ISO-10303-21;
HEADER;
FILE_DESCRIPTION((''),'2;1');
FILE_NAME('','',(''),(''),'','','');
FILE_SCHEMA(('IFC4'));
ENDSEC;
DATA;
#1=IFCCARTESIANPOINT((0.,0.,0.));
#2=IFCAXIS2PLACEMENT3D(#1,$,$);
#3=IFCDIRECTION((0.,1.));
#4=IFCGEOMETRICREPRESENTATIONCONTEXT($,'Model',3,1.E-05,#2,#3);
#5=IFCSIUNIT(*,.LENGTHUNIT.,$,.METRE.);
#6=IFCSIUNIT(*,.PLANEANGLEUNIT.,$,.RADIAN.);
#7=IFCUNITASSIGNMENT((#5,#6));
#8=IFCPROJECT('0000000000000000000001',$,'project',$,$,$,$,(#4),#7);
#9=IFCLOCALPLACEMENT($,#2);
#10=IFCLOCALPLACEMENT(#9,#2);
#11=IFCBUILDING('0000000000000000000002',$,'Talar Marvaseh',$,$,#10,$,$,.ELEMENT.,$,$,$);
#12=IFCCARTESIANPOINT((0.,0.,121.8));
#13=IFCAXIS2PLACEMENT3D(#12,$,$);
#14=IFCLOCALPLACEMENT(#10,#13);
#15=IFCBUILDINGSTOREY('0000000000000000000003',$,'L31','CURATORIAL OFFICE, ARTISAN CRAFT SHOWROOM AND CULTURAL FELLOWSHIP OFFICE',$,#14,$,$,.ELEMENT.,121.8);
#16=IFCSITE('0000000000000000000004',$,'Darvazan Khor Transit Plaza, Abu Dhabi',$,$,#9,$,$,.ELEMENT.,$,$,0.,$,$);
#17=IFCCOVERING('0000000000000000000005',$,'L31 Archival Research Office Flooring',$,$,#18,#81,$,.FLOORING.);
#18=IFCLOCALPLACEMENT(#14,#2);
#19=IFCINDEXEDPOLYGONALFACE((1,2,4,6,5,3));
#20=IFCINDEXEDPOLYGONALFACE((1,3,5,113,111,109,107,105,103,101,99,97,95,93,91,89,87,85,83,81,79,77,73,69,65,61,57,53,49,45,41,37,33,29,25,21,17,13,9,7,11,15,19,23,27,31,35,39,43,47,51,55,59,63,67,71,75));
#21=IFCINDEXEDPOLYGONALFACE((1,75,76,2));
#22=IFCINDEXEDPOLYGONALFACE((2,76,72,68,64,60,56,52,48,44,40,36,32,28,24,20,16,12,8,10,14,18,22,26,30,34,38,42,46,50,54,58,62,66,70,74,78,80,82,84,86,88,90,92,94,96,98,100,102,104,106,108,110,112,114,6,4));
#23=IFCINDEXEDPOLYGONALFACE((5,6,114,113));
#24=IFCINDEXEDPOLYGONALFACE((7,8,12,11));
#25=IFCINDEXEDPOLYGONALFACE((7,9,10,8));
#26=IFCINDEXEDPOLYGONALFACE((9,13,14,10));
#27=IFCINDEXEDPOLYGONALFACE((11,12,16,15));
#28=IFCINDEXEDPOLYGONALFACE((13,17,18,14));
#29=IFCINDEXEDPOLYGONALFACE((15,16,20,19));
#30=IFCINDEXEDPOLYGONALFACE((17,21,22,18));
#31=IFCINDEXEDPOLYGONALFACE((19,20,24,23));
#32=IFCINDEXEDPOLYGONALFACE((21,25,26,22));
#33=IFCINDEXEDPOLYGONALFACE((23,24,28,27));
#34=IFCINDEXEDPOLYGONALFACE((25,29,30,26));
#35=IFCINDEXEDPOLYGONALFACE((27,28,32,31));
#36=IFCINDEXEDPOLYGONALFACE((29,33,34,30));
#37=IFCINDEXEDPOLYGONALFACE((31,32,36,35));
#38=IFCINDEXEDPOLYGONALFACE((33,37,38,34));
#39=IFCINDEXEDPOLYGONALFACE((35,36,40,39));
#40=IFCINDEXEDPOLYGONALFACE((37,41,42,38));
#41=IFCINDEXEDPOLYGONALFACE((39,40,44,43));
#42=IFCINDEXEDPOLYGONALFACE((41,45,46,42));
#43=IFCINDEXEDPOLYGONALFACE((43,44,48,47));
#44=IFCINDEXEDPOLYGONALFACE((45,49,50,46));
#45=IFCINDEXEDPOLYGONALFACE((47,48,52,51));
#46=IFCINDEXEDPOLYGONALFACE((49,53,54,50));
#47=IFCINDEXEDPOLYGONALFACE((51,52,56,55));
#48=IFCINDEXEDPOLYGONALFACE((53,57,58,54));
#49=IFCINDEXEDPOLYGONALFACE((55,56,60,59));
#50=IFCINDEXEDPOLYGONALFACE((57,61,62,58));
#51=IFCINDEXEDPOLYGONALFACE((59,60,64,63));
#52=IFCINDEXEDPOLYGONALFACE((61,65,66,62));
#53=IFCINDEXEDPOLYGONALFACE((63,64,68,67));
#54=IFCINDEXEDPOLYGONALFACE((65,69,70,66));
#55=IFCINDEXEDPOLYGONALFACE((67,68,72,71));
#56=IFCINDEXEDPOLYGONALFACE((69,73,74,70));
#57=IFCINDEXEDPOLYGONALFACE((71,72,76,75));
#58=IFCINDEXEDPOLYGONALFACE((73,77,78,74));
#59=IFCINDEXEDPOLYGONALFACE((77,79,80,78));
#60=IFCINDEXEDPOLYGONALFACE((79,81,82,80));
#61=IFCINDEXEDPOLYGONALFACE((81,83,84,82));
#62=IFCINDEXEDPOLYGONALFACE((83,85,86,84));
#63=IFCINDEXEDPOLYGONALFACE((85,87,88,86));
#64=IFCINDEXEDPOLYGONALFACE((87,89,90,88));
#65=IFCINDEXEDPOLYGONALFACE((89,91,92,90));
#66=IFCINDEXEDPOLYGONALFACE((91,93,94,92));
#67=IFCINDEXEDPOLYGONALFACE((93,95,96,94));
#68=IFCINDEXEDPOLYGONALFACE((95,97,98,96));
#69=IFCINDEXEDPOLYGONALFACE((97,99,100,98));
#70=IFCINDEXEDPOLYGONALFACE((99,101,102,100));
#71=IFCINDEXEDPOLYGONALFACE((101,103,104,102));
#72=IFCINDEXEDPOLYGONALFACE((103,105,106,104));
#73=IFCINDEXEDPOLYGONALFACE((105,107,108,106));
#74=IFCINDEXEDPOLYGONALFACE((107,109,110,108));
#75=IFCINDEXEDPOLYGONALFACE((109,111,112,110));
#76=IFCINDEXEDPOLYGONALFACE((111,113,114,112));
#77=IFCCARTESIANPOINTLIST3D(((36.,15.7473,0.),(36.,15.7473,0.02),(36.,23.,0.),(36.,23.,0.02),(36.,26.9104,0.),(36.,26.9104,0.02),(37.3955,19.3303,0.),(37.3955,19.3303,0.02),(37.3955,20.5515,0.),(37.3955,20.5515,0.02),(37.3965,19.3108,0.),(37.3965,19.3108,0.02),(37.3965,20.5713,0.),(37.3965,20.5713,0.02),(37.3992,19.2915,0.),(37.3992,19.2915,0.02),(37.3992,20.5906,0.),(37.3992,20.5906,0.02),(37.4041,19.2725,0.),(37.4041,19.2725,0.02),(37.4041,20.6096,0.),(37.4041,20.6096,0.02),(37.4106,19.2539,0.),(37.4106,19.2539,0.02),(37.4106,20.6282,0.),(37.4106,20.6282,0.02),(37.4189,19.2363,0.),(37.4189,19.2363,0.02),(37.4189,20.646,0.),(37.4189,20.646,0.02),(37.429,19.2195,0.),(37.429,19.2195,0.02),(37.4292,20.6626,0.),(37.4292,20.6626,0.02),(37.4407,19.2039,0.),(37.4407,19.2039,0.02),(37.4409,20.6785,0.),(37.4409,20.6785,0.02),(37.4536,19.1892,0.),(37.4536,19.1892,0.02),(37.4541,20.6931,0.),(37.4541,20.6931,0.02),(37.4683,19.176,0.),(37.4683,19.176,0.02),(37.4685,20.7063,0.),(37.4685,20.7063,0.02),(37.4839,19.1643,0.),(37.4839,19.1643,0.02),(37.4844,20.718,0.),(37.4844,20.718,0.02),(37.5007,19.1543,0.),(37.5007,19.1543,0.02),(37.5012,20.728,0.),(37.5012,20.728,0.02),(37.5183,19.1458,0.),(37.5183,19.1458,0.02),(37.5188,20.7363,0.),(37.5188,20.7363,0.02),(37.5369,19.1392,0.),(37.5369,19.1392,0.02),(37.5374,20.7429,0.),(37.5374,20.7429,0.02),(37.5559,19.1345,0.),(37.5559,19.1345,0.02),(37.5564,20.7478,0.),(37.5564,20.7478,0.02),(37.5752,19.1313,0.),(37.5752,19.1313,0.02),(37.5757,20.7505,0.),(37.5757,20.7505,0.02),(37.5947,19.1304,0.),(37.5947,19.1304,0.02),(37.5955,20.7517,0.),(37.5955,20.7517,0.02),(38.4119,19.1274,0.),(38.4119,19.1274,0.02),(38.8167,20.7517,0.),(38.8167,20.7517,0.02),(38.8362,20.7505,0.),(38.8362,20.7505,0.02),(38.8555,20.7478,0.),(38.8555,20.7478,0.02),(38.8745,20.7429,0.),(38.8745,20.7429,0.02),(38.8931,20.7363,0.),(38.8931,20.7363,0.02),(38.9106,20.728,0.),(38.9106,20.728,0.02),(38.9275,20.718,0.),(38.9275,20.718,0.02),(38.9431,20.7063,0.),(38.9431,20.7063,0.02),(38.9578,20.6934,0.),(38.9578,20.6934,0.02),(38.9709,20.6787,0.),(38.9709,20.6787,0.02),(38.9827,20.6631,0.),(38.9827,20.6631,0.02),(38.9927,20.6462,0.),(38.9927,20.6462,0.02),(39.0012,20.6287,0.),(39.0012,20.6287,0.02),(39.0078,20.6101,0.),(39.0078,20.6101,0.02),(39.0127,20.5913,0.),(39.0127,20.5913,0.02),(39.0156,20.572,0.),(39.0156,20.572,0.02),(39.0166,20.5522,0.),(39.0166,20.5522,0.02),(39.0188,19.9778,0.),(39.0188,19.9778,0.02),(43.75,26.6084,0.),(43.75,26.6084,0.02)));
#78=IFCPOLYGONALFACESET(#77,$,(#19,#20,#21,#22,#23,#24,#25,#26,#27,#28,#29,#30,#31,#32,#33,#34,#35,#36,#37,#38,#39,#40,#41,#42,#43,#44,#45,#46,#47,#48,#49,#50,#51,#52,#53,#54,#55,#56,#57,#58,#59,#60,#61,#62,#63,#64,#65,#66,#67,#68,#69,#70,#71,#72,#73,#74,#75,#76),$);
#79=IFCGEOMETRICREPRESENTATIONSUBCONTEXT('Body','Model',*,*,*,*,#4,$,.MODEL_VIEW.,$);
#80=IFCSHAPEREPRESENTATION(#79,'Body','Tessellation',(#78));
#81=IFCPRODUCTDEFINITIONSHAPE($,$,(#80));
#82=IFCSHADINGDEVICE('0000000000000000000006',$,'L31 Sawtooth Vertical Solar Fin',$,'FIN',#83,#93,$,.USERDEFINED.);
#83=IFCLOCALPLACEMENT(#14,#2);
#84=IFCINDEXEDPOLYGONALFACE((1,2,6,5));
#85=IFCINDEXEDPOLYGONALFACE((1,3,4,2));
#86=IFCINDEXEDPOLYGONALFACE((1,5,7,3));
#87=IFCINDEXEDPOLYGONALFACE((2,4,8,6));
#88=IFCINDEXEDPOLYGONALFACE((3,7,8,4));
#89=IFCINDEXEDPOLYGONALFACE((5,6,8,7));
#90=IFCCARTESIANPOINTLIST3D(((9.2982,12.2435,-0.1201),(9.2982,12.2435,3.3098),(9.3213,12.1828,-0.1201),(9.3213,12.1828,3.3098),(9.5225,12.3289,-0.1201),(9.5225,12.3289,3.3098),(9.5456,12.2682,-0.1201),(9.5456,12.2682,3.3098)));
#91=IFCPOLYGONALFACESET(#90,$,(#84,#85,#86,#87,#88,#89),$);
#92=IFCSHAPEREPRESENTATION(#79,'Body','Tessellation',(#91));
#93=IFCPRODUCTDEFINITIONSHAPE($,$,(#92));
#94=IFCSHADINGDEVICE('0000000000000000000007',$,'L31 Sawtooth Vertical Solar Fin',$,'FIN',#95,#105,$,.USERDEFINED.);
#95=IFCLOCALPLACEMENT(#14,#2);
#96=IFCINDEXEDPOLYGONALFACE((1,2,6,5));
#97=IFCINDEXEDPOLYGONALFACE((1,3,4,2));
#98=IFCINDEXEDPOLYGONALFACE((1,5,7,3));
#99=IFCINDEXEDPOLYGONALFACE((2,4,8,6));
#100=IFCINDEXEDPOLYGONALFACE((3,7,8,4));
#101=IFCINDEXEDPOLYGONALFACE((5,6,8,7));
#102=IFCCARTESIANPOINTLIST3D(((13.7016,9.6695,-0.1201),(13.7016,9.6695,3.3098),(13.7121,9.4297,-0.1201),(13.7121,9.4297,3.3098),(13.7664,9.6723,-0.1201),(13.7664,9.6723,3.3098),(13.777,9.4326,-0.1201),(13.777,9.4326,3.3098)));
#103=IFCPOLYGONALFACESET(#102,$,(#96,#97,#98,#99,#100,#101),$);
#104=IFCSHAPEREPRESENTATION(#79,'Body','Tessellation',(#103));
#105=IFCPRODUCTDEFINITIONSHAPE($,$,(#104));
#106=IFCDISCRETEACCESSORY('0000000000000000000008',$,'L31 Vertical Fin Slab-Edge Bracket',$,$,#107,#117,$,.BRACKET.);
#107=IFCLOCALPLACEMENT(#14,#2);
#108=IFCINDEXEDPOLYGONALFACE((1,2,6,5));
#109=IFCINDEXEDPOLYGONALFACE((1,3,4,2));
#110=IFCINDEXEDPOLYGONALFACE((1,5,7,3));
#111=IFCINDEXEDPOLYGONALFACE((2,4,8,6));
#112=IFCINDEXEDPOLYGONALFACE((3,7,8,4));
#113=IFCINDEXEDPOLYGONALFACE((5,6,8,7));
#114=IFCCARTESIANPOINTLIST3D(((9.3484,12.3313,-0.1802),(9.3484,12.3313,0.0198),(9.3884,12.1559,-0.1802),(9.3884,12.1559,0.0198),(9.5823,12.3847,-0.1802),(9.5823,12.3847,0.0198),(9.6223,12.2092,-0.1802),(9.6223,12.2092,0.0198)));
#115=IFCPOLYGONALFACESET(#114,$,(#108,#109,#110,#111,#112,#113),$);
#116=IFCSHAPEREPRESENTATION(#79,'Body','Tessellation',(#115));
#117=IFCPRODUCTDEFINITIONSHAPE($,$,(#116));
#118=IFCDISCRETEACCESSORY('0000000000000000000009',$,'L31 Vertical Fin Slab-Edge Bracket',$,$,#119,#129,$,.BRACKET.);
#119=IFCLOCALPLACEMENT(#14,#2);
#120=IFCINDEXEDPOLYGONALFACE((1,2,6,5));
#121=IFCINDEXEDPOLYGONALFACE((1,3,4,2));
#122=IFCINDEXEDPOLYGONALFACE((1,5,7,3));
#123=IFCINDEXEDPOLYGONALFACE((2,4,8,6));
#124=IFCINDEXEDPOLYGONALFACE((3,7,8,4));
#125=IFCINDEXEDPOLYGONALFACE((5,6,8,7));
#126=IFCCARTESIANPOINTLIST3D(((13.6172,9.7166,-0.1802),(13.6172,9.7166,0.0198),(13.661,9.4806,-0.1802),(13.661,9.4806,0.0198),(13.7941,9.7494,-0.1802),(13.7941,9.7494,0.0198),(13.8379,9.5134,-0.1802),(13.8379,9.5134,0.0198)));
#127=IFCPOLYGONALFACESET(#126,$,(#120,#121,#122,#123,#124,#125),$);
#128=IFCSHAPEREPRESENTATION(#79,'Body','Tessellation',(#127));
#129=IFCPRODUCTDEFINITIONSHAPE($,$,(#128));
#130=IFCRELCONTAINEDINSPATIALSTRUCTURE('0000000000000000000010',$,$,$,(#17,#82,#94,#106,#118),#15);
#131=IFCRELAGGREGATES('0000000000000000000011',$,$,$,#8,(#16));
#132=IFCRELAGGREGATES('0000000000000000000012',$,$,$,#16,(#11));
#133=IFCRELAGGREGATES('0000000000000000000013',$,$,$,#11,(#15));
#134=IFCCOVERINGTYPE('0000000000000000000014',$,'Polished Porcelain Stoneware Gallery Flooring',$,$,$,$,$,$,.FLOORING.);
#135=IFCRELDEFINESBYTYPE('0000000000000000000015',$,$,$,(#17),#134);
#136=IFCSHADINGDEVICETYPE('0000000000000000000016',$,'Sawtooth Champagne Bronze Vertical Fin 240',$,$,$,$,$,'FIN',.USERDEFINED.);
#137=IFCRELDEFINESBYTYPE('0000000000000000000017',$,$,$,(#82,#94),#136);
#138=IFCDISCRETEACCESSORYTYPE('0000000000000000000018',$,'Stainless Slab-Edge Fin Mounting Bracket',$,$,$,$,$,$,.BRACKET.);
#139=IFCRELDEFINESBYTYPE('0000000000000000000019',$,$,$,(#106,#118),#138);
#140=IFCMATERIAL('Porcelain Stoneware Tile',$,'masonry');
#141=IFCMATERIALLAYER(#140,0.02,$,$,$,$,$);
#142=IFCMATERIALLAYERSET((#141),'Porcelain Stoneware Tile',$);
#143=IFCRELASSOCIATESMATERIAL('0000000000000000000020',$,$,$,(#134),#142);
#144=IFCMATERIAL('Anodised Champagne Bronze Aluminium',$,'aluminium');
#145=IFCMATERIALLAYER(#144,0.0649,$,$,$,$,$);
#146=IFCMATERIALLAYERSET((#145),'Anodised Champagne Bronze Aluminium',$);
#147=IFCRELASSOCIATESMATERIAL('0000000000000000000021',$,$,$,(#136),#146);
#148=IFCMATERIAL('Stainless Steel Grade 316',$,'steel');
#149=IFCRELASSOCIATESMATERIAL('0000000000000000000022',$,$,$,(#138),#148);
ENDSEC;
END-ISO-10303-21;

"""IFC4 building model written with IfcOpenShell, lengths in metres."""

from ifc_helpers import new_model, si_unit, direction, frame, origin, origin_2d, place, context, subcontext, project, spatial, polyline, rectangle, outline, extrude, source, transform, mapped, material, layer, layer_set, type_object, type_shapes, element, save


model = new_model("IFC4")

# Units and contexts
model_context = context("Model", 3, precision=1e-05, world=origin(), true_north=direction((0.0, 1.0)))
body_context = subcontext(model_context, "Body", "Model", "MODEL_VIEW")
ifc_project = project(units=[si_unit("LENGTHUNIT", "METRE"), si_unit("PLANEANGLEUNIT", "RADIAN")], contexts=[model_context])

# Site, building, storey
site_placement = place(None, origin())
site = spatial("IfcSite", under=ifc_project, at=site_placement, Name="Darvazan Khor Transit Plaza, Abu Dhabi", CompositionType="ELEMENT", RefElevation=0.0)
building_placement = place(site_placement, origin())
building = spatial("IfcBuilding", under=site, at=building_placement, Name="Talar Marvaseh", CompositionType="ELEMENT")
storey_placement = place(building_placement, frame((0.0, 0.0, 121.8)))
storey = spatial("IfcBuildingStorey", under=building, at=storey_placement, Name="L31", Description="CURATORIAL OFFICE, ARTISAN CRAFT SHOWROOM AND CULTURAL FELLOWSHIP OFFICE", CompositionType="ELEMENT", Elevation=121.8)

# Covering
ifc_material_1 = material(Name="Porcelain Stoneware Tile", Category="masonry")
ifc_layer_1 = layer(ifc_material_1, 0.02)
ifc_layer_set_1 = layer_set([ifc_layer_1], Name="Porcelain Stoneware Tile")
covering_type_1 = type_object("IfcCoveringType", Name="Polished Porcelain Stoneware Gallery Flooring", PredefinedType="FLOORING", material=ifc_layer_set_1)
covering_1_placement = place(storey_placement, origin())
element("IfcCovering", 1, at=covering_1_placement, inside=storey, type_object=covering_type_1, Name="L31 Archival Research Office Flooring", PredefinedType="FLOORING", context=body_context, shape_type="SweptSolid", body=[
    extrude(outline(polyline([(39.0127, 20.5913), (39.0078, 20.6101), (39.0012, 20.6287), (38.9927, 20.6462), (38.9827, 20.6631), (38.9709, 20.6787), (38.9578, 20.6934), (38.9431, 20.7063), (38.9275, 20.718), (38.9106, 20.728), (38.8931, 20.7363), (38.8745, 20.7429), (38.8555, 20.7478), (38.8362, 20.7505), (38.8167, 20.7517), (37.5955, 20.7517), (37.5757, 20.7505), (37.5564, 20.7478), (37.5374, 20.7429), (37.5188, 20.7363), (37.5012, 20.728), (37.4844, 20.718), (37.4685, 20.7063), (37.4541, 20.6931), (37.4409, 20.6785), (37.4292, 20.6626), (37.4189, 20.646), (37.4106, 20.6282), (37.4041, 20.6096), (37.3992, 20.5906), (37.3965, 20.5713), (37.3955, 20.5515), (37.3955, 19.3303), (37.3965, 19.3108), (37.3992, 19.2915), (37.4041, 19.2725), (37.4106, 19.2539), (37.4189, 19.2363), (37.429, 19.2195), (37.4407, 19.2039), (37.4536, 19.1892), (37.4683, 19.176), (37.4839, 19.1643), (37.5007, 19.1543), (37.5183, 19.1458), (37.5369, 19.1392), (37.5559, 19.1345), (37.5752, 19.1313), (37.5947, 19.1304), (38.4119, 19.1274), (36.0, 15.7473), (36.0, 23.0), (36.0, 26.9104), (43.75, 26.6084), (39.0188, 19.9778), (39.0166, 20.5522), (39.0156, 20.572), (39.0127, 20.5913)])), origin(), (0.0, 0.0, 1.0), 0.02),
])

# Shading devices
ifc_material_2 = material(Name="Anodised Champagne Bronze Aluminium", Category="aluminium")
ifc_layer_2 = layer(ifc_material_2, 0.0649)
ifc_layer_set_2 = layer_set([ifc_layer_2], Name="Anodised Champagne Bronze Aluminium")
shading_device_type = type_object("IfcShadingDeviceType", Name="Sawtooth Champagne Bronze Vertical Fin 240", ElementType="FIN", PredefinedType="USERDEFINED", material=ifc_layer_set_2)
shared_shape_1 = source(origin(), body_context, "Body", "SweptSolid", [
    extrude(rectangle(XDim=0.24, YDim=0.0649, at=origin_2d()), origin(), (0.0, 0.0, 1.0), 3.4299),
])
type_shapes(shading_device_type, [shared_shape_1])
for number, where, z_axis, x_axis, name in (
    (2, (9.4219, 12.2559, -0.1201), (0.0, 0.0, 1.0), (-0.934515, -0.355923, 0.0), "L31 Sawtooth Vertical Solar Fin"),
    (3, (13.7393, 9.551, -0.1201), (0.0, 0.0, 1.0), (0.043794, -0.999041, 0.0), "L31 Sawtooth Vertical Solar Fin"),
):
    element("IfcShadingDevice", number, at=place(storey_placement, frame(where, z_axis=z_axis, x_axis=x_axis)), inside=storey, type_object=shading_device_type, Name=name, ObjectType="FIN", PredefinedType="USERDEFINED", context=body_context, shape_type="MappedRepresentation", body=[
        mapped(shared_shape_1, transform((0.0, 0.0, 0.0), x_axis=(1.0, 0.0, 0.0), y_axis=(0.0, 1.0, 0.0), z_axis=(0.0, 0.0, 1.0), scale=1.0)),
    ])

# Discrete accessories
ifc_material_3 = material(Name="Stainless Steel Grade 316", Category="steel")
discrete_accessory_type = type_object("IfcDiscreteAccessoryType", Name="Stainless Slab-Edge Fin Mounting Bracket", PredefinedType="BRACKET", material=ifc_material_3)
shared_shape_2 = source(origin(), body_context, "Body", "SweptSolid", [
    extrude(rectangle(XDim=0.24, YDim=0.1799, at=origin_2d()), origin(), (0.0, 0.0, 1.0), 0.2),
])
type_shapes(discrete_accessory_type, [shared_shape_2])
for number, where, z_axis, x_axis, name in (
    (4, (9.4854, 12.2703, -0.1802), (0.0, 0.0, 1.0), (-0.974956, -0.222399, 0.0), "L31 Vertical Fin Slab-Edge Bracket"),
    (5, (13.7275, 9.615, -0.1802), (0.0, 0.0, 1.0), (0.182407, -0.983223, 0.0), "L31 Vertical Fin Slab-Edge Bracket"),
):
    element("IfcDiscreteAccessory", number, at=place(storey_placement, frame(where, z_axis=z_axis, x_axis=x_axis)), inside=storey, type_object=discrete_accessory_type, Name=name, PredefinedType="BRACKET", context=body_context, shape_type="MappedRepresentation", body=[
        mapped(shared_shape_2, transform((0.0, 0.0, 0.0), x_axis=(1.0, 0.0, 0.0), y_axis=(0.0, 1.0, 0.0), z_axis=(0.0, 0.0, 1.0), scale=1.0)),
    ])

save(model, "model.ifc")
